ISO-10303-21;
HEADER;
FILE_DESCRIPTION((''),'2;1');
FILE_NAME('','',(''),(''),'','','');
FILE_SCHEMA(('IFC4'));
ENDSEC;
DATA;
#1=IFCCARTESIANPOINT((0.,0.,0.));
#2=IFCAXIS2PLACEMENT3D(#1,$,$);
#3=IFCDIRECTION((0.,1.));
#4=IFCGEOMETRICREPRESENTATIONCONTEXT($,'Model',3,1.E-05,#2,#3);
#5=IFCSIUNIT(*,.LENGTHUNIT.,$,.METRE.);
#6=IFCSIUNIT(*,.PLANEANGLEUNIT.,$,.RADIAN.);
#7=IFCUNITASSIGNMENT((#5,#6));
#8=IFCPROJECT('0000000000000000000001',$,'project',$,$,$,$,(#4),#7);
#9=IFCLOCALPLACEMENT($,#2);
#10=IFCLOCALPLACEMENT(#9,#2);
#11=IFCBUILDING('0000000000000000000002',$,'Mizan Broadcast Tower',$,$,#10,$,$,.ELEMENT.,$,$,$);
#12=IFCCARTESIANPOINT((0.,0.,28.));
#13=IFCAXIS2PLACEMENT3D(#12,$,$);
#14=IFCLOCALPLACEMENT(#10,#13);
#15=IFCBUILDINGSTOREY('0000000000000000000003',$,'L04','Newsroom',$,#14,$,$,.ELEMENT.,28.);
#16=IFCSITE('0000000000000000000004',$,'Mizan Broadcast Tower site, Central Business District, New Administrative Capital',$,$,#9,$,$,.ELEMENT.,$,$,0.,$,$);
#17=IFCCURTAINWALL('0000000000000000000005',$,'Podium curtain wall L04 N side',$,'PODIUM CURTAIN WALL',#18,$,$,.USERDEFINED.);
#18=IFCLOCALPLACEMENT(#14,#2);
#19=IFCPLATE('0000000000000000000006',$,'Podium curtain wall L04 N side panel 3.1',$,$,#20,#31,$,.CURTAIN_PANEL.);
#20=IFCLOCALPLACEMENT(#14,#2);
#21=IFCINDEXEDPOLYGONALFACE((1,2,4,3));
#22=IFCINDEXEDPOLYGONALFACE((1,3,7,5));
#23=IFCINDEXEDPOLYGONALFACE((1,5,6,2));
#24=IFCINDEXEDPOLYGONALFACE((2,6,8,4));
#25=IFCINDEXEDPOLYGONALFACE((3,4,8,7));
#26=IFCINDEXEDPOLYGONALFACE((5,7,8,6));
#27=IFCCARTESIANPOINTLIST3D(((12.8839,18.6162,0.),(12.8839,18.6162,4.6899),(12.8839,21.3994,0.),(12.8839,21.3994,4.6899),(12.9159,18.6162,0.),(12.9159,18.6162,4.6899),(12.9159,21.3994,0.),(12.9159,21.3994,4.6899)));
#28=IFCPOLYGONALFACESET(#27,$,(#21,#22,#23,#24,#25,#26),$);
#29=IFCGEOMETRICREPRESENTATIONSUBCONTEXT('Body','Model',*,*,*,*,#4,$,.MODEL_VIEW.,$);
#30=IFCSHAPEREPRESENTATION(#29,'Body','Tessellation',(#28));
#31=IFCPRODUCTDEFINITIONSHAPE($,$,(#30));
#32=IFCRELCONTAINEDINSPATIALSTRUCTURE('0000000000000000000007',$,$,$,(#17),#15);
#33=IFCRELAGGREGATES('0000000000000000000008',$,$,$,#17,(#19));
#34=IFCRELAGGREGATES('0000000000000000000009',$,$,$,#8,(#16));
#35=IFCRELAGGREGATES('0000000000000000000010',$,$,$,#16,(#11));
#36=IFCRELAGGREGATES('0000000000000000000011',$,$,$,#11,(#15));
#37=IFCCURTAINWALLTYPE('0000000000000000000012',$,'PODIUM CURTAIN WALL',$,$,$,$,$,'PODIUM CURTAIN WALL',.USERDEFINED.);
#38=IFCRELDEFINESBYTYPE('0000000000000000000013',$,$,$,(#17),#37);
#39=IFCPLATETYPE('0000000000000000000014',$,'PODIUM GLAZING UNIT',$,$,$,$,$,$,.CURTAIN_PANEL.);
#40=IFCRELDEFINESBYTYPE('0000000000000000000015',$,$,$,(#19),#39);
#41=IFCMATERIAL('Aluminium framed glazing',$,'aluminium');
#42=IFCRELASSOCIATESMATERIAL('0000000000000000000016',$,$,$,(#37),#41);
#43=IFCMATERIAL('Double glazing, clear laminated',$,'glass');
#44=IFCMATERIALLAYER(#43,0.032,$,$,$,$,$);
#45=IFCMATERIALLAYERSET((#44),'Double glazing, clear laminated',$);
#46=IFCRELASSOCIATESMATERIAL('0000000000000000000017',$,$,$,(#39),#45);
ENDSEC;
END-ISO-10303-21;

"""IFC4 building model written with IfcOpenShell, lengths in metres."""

from ifc_helpers import new_model, si_unit, direction, frame, origin, origin_2d, place, context, subcontext, project, spatial, rectangle, extrude, material, layer, layer_set, type_object, element, aggregate, save


model = new_model("IFC4")

# Units and contexts
model_context = context("Model", 3, precision=1e-05, world=origin(), true_north=direction((0.0, 1.0)))
body_context = subcontext(model_context, "Body", "Model", "MODEL_VIEW")
ifc_project = project(units=[si_unit("LENGTHUNIT", "METRE"), si_unit("PLANEANGLEUNIT", "RADIAN")], contexts=[model_context])

# Site, building, storey
site_placement = place(None, origin())
site = spatial("IfcSite", under=ifc_project, at=site_placement, Name="Mizan Broadcast Tower site, Central Business District, New Administrative Capital", CompositionType="ELEMENT", RefElevation=0.0)
building_placement = place(site_placement, origin())
building = spatial("IfcBuilding", under=site, at=building_placement, Name="Mizan Broadcast Tower", CompositionType="ELEMENT")
storey_placement = place(building_placement, frame((0.0, 0.0, 28.0)))
storey = spatial("IfcBuildingStorey", under=building, at=storey_placement, Name="L04", Description="Newsroom", CompositionType="ELEMENT", Elevation=28.0)

# Shared definitions
ifc_material_1 = material(Name="Aluminium framed glazing", Category="aluminium")
curtain_wall_type_1 = type_object("IfcCurtainWallType", Name="PODIUM CURTAIN WALL", ElementType="PODIUM CURTAIN WALL", PredefinedType="USERDEFINED", material=ifc_material_1)

# Curtain wall
curtain_wall_1_placement = place(storey_placement, origin())
curtain_wall_1 = element("IfcCurtainWall", 1, at=curtain_wall_1_placement, inside=storey, type_object=curtain_wall_type_1, Name="Podium curtain wall L04 N side", ObjectType="PODIUM CURTAIN WALL", PredefinedType="USERDEFINED")

# Plate
ifc_material_2 = material(Name="Double glazing, clear laminated", Category="glass")
ifc_layer_1 = layer(ifc_material_2, 0.032)
ifc_layer_set_1 = layer_set([ifc_layer_1], Name="Double glazing, clear laminated")
plate_type_1 = type_object("IfcPlateType", Name="PODIUM GLAZING UNIT", PredefinedType="CURTAIN_PANEL", material=ifc_layer_set_1)
plate_1_placement = place(storey_placement, frame((12.8999, 20.0078, 0.0), z_axis=(0.0, 0.0, 1.0), x_axis=(0.0, 1.0, 0.0)))
plate_1 = element("IfcPlate", 2, at=plate_1_placement, type_object=plate_type_1, Name="Podium curtain wall L04 N side panel 3.1", PredefinedType="CURTAIN_PANEL", context=body_context, shape_type="SweptSolid", body=[
    extrude(rectangle(XDim=2.7832, YDim=0.032, at=origin_2d()), origin(), (0.0, 0.0, 1.0), 4.6899),
])
aggregate(curtain_wall_1, [plate_1])

save(model, "model.ifc")
